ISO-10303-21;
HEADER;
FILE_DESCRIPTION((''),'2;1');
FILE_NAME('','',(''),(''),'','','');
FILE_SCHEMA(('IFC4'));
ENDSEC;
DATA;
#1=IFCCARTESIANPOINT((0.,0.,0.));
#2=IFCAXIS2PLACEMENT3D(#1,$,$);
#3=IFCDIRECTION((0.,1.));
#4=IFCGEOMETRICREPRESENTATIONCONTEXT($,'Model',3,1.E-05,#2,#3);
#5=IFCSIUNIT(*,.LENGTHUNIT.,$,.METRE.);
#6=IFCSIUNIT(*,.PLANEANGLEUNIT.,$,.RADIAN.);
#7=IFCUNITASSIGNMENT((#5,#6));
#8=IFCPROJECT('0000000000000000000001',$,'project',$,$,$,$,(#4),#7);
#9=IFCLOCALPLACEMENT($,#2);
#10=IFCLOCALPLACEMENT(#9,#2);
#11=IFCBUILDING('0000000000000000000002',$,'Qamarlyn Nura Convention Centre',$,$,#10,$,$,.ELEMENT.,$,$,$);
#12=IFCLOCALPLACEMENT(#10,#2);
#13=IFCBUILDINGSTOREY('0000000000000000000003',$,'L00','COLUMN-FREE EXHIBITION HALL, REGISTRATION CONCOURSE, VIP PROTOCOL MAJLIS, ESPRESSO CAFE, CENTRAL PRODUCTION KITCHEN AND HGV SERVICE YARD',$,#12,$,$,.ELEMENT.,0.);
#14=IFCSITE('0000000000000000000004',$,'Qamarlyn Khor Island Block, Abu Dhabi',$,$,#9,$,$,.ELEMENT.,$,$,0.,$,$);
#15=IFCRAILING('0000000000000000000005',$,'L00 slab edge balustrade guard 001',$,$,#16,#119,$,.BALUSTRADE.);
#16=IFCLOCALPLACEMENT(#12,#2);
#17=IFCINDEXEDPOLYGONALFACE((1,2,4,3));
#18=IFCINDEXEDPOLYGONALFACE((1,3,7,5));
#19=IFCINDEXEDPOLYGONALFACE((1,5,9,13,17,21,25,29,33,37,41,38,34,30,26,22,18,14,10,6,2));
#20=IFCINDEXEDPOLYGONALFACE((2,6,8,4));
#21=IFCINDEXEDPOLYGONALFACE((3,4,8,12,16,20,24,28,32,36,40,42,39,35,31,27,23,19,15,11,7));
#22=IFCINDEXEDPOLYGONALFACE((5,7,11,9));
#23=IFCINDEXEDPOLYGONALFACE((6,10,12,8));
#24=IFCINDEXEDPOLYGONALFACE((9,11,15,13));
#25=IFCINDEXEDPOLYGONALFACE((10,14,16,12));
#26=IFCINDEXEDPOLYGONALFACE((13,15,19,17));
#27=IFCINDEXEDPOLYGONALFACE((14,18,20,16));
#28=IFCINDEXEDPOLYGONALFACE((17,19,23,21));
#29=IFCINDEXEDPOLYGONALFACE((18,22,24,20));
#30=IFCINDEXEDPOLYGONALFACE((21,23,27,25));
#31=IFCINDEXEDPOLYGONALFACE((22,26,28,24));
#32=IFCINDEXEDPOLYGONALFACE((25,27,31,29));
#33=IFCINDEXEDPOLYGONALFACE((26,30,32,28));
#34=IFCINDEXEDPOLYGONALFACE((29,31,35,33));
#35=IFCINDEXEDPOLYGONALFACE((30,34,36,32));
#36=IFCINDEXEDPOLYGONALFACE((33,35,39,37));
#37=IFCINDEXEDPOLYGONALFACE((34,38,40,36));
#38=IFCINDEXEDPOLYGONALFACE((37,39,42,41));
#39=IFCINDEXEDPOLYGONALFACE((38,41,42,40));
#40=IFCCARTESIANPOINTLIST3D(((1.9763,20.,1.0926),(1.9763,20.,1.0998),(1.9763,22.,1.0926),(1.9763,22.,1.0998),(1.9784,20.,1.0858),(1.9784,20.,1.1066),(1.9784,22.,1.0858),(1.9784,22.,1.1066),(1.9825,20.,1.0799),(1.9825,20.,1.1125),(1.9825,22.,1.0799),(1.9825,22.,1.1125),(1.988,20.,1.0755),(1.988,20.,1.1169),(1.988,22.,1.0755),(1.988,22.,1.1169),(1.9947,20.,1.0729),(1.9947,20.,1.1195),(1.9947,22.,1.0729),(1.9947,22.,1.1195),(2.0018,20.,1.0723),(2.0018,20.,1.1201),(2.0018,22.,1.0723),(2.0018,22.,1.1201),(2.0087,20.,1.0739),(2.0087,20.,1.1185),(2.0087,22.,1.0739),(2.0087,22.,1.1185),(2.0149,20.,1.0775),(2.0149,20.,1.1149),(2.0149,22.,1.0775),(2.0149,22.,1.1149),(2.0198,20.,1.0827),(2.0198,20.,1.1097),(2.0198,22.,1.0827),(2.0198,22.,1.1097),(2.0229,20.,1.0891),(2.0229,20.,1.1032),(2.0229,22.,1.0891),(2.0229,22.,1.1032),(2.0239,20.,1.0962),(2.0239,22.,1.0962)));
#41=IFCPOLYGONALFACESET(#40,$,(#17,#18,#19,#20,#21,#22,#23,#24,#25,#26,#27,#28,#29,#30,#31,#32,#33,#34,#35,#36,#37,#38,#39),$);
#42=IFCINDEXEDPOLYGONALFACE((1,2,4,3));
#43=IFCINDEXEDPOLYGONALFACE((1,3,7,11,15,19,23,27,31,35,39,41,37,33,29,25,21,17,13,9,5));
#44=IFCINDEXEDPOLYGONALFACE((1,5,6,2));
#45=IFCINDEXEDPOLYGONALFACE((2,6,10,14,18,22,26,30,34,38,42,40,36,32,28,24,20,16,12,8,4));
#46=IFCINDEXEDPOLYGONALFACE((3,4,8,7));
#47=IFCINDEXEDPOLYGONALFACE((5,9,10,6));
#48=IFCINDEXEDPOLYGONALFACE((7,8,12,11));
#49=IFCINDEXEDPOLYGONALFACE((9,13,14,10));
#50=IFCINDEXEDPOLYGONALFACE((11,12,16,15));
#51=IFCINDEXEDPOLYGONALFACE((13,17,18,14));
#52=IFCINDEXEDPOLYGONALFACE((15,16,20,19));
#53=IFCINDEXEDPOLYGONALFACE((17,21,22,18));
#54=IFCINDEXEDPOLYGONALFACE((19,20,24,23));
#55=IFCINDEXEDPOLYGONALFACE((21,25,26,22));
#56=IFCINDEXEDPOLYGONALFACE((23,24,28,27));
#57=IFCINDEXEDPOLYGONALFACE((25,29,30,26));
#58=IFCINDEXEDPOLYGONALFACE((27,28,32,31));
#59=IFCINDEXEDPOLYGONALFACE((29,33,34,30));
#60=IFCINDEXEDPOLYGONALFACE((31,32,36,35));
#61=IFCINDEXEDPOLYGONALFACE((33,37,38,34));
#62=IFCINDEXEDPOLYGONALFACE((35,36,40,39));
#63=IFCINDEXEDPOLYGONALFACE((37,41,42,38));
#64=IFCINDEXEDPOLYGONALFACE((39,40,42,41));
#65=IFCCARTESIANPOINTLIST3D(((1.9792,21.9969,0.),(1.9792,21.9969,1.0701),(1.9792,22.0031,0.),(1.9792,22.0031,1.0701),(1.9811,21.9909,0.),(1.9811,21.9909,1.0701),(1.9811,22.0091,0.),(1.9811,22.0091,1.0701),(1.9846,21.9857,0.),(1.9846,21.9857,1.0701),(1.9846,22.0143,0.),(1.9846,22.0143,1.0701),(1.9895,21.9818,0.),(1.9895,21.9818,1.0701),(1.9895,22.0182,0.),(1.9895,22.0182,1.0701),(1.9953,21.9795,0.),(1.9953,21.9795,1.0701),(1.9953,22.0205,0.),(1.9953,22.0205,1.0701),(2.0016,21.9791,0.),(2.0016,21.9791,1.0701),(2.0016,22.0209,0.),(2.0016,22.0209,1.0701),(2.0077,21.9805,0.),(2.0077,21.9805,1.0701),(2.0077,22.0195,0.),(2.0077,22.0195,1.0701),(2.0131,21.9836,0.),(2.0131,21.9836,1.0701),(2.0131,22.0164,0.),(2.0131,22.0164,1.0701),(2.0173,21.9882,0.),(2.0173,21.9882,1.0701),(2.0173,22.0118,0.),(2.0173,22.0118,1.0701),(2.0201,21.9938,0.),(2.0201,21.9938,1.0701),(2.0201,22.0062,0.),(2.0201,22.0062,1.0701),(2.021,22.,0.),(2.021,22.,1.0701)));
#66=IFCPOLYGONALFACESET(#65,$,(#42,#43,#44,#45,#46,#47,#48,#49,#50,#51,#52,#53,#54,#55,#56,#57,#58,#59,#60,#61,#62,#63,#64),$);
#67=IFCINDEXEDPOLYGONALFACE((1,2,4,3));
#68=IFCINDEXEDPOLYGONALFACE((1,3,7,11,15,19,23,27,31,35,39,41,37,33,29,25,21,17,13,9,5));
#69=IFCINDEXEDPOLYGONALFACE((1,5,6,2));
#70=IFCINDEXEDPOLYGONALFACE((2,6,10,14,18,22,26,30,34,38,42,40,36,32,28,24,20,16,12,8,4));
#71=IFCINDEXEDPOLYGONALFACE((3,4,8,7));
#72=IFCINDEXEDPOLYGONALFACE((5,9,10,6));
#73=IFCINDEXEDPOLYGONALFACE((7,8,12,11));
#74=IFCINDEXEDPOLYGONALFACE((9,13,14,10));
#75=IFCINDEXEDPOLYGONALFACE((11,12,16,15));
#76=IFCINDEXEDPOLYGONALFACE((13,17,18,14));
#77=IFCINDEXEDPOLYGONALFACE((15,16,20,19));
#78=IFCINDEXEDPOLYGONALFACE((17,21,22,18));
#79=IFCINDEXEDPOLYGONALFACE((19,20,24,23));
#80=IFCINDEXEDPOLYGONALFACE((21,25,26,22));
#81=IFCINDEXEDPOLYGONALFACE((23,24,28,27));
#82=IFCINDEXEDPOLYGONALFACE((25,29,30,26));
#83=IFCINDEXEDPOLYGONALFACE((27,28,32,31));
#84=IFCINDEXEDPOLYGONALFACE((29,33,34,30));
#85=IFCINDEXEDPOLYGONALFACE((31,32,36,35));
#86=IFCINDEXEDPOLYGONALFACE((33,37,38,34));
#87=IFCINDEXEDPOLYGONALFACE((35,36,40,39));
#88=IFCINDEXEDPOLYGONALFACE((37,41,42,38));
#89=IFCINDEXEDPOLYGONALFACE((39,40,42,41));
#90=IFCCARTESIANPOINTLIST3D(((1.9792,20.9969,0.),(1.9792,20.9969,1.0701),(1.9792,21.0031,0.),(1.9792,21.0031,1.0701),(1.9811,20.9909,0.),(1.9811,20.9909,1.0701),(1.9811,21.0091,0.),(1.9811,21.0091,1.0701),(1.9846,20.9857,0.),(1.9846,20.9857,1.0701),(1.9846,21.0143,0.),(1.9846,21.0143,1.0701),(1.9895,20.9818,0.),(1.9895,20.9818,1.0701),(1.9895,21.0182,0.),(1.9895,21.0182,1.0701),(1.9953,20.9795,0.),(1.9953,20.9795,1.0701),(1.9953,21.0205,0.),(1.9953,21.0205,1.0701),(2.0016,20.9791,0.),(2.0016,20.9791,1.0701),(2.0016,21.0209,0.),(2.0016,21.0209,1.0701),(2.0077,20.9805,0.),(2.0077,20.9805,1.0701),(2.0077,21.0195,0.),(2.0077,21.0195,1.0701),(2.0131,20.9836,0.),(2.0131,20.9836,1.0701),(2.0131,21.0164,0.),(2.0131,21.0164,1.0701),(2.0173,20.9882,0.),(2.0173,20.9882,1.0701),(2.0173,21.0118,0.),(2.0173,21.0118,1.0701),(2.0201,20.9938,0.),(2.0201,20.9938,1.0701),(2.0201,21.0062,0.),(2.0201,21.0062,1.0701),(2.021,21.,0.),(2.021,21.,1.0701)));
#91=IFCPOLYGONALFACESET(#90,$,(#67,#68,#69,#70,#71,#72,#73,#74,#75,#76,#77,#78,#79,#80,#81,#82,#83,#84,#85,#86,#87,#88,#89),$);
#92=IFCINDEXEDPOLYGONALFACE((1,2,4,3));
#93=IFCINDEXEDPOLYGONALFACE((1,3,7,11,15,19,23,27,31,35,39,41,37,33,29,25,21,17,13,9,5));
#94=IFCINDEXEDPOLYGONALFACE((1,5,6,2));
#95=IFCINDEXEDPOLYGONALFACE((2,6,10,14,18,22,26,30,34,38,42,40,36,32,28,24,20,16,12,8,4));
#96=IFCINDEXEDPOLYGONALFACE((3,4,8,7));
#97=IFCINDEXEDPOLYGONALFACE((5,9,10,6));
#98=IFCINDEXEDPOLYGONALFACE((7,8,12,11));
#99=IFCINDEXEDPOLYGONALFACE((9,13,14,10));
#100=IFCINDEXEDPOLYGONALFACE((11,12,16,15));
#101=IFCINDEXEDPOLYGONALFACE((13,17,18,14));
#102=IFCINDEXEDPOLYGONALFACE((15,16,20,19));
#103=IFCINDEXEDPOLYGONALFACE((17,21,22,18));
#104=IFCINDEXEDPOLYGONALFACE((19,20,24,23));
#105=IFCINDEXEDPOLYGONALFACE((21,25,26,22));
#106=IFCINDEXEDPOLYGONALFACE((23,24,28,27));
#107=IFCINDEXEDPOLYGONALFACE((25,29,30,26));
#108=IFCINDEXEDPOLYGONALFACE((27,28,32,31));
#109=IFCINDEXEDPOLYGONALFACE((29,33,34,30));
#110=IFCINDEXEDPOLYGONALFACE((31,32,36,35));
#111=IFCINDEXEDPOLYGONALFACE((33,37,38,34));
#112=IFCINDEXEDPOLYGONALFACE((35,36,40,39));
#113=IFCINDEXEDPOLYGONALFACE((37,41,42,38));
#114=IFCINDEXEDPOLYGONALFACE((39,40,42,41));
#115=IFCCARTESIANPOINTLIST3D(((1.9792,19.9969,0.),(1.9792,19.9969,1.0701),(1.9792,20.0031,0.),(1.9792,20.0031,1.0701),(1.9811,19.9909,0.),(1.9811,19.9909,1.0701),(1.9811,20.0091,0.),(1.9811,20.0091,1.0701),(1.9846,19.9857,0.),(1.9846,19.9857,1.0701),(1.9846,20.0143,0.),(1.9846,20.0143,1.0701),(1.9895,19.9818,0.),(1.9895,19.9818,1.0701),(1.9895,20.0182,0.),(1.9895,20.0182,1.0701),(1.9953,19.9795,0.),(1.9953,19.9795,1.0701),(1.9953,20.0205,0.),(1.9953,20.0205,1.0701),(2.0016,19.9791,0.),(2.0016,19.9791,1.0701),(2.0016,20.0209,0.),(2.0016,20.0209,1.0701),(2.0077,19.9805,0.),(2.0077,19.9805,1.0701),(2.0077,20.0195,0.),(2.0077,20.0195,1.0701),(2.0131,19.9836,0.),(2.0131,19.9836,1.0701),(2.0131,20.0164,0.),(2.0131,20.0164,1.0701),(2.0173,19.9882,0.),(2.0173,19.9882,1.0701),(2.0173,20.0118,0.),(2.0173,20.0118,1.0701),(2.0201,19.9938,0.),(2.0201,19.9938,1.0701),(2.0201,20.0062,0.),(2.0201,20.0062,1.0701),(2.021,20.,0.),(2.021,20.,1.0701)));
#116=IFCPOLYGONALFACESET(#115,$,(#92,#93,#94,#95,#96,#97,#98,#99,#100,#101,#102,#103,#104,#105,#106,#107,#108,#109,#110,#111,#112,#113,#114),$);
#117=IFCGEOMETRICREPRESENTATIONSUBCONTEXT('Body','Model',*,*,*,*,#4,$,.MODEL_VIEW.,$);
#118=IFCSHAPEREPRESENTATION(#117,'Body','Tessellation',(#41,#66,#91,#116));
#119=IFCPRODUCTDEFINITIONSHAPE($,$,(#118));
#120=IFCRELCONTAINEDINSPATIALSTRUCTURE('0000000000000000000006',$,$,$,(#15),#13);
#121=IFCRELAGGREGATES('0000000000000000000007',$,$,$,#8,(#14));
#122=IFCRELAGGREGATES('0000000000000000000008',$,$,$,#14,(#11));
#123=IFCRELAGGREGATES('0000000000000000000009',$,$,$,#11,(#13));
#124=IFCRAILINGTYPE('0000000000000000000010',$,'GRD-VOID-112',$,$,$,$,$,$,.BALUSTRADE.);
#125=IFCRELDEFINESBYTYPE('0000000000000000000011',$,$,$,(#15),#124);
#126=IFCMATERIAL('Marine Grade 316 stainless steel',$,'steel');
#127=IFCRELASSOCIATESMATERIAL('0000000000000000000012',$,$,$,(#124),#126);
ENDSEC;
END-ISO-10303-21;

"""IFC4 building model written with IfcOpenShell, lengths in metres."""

from ifc_helpers import new_model, si_unit, direction, frame, origin, origin_2d, place, context, subcontext, project, spatial, circle, extrude, material, type_object, element, save


model = new_model("IFC4")

# Units and contexts
model_context = context("Model", 3, precision=1e-05, world=origin(), true_north=direction((0.0, 1.0)))
body_context = subcontext(model_context, "Body", "Model", "MODEL_VIEW")
ifc_project = project(units=[si_unit("LENGTHUNIT", "METRE"), si_unit("PLANEANGLEUNIT", "RADIAN")], contexts=[model_context])

# Site, building, storey
site_placement = place(None, origin())
site = spatial("IfcSite", under=ifc_project, at=site_placement, Name="Qamarlyn Khor Island Block, Abu Dhabi", CompositionType="ELEMENT", RefElevation=0.0)
building_placement = place(site_placement, origin())
building = spatial("IfcBuilding", under=site, at=building_placement, Name="Qamarlyn Nura Convention Centre", CompositionType="ELEMENT")
storey_placement = place(building_placement, origin())
storey = spatial("IfcBuildingStorey", under=building, at=storey_placement, Name="L00", Description="COLUMN-FREE EXHIBITION HALL, REGISTRATION CONCOURSE, VIP PROTOCOL MAJLIS, ESPRESSO CAFE, CENTRAL PRODUCTION KITCHEN AND HGV SERVICE YARD", CompositionType="ELEMENT", Elevation=0.0)

# Railing
ifc_material_1 = material(Name="Marine Grade 316 stainless steel", Category="steel")
railing_type = type_object("IfcRailingType", Name="GRD-VOID-112", PredefinedType="BALUSTRADE", material=ifc_material_1)
railing_1_placement = place(storey_placement, frame((2.0, 22.0, 0.0)))
element("IfcRailing", 1, at=railing_1_placement, inside=storey, type_object=railing_type, Name="L00 slab edge balustrade guard 001", PredefinedType="BALUSTRADE", context=body_context, shape_type="SweptSolid", body=[
    extrude(circle(Radius=0.0239, at=origin_2d()), frame((0.0, 0.0, 1.0962), z_axis=(0.0, -1.0, 0.0), x_axis=(1.0, 0.0, 0.0)), (0.0, 0.0, 1.0), 2.0),
    extrude(circle(Radius=0.021, at=origin_2d()), origin(), (0.0, 0.0, 1.0), 1.0701),
    extrude(circle(Radius=0.021, at=origin_2d()), frame((0.0, -1.0, 0.0)), (0.0, 0.0, 1.0), 1.0701),
    extrude(circle(Radius=0.021, at=origin_2d()), frame((0.0, -2.0, 0.0)), (0.0, 0.0, 1.0), 1.0701),
])

save(model, "model.ifc")
